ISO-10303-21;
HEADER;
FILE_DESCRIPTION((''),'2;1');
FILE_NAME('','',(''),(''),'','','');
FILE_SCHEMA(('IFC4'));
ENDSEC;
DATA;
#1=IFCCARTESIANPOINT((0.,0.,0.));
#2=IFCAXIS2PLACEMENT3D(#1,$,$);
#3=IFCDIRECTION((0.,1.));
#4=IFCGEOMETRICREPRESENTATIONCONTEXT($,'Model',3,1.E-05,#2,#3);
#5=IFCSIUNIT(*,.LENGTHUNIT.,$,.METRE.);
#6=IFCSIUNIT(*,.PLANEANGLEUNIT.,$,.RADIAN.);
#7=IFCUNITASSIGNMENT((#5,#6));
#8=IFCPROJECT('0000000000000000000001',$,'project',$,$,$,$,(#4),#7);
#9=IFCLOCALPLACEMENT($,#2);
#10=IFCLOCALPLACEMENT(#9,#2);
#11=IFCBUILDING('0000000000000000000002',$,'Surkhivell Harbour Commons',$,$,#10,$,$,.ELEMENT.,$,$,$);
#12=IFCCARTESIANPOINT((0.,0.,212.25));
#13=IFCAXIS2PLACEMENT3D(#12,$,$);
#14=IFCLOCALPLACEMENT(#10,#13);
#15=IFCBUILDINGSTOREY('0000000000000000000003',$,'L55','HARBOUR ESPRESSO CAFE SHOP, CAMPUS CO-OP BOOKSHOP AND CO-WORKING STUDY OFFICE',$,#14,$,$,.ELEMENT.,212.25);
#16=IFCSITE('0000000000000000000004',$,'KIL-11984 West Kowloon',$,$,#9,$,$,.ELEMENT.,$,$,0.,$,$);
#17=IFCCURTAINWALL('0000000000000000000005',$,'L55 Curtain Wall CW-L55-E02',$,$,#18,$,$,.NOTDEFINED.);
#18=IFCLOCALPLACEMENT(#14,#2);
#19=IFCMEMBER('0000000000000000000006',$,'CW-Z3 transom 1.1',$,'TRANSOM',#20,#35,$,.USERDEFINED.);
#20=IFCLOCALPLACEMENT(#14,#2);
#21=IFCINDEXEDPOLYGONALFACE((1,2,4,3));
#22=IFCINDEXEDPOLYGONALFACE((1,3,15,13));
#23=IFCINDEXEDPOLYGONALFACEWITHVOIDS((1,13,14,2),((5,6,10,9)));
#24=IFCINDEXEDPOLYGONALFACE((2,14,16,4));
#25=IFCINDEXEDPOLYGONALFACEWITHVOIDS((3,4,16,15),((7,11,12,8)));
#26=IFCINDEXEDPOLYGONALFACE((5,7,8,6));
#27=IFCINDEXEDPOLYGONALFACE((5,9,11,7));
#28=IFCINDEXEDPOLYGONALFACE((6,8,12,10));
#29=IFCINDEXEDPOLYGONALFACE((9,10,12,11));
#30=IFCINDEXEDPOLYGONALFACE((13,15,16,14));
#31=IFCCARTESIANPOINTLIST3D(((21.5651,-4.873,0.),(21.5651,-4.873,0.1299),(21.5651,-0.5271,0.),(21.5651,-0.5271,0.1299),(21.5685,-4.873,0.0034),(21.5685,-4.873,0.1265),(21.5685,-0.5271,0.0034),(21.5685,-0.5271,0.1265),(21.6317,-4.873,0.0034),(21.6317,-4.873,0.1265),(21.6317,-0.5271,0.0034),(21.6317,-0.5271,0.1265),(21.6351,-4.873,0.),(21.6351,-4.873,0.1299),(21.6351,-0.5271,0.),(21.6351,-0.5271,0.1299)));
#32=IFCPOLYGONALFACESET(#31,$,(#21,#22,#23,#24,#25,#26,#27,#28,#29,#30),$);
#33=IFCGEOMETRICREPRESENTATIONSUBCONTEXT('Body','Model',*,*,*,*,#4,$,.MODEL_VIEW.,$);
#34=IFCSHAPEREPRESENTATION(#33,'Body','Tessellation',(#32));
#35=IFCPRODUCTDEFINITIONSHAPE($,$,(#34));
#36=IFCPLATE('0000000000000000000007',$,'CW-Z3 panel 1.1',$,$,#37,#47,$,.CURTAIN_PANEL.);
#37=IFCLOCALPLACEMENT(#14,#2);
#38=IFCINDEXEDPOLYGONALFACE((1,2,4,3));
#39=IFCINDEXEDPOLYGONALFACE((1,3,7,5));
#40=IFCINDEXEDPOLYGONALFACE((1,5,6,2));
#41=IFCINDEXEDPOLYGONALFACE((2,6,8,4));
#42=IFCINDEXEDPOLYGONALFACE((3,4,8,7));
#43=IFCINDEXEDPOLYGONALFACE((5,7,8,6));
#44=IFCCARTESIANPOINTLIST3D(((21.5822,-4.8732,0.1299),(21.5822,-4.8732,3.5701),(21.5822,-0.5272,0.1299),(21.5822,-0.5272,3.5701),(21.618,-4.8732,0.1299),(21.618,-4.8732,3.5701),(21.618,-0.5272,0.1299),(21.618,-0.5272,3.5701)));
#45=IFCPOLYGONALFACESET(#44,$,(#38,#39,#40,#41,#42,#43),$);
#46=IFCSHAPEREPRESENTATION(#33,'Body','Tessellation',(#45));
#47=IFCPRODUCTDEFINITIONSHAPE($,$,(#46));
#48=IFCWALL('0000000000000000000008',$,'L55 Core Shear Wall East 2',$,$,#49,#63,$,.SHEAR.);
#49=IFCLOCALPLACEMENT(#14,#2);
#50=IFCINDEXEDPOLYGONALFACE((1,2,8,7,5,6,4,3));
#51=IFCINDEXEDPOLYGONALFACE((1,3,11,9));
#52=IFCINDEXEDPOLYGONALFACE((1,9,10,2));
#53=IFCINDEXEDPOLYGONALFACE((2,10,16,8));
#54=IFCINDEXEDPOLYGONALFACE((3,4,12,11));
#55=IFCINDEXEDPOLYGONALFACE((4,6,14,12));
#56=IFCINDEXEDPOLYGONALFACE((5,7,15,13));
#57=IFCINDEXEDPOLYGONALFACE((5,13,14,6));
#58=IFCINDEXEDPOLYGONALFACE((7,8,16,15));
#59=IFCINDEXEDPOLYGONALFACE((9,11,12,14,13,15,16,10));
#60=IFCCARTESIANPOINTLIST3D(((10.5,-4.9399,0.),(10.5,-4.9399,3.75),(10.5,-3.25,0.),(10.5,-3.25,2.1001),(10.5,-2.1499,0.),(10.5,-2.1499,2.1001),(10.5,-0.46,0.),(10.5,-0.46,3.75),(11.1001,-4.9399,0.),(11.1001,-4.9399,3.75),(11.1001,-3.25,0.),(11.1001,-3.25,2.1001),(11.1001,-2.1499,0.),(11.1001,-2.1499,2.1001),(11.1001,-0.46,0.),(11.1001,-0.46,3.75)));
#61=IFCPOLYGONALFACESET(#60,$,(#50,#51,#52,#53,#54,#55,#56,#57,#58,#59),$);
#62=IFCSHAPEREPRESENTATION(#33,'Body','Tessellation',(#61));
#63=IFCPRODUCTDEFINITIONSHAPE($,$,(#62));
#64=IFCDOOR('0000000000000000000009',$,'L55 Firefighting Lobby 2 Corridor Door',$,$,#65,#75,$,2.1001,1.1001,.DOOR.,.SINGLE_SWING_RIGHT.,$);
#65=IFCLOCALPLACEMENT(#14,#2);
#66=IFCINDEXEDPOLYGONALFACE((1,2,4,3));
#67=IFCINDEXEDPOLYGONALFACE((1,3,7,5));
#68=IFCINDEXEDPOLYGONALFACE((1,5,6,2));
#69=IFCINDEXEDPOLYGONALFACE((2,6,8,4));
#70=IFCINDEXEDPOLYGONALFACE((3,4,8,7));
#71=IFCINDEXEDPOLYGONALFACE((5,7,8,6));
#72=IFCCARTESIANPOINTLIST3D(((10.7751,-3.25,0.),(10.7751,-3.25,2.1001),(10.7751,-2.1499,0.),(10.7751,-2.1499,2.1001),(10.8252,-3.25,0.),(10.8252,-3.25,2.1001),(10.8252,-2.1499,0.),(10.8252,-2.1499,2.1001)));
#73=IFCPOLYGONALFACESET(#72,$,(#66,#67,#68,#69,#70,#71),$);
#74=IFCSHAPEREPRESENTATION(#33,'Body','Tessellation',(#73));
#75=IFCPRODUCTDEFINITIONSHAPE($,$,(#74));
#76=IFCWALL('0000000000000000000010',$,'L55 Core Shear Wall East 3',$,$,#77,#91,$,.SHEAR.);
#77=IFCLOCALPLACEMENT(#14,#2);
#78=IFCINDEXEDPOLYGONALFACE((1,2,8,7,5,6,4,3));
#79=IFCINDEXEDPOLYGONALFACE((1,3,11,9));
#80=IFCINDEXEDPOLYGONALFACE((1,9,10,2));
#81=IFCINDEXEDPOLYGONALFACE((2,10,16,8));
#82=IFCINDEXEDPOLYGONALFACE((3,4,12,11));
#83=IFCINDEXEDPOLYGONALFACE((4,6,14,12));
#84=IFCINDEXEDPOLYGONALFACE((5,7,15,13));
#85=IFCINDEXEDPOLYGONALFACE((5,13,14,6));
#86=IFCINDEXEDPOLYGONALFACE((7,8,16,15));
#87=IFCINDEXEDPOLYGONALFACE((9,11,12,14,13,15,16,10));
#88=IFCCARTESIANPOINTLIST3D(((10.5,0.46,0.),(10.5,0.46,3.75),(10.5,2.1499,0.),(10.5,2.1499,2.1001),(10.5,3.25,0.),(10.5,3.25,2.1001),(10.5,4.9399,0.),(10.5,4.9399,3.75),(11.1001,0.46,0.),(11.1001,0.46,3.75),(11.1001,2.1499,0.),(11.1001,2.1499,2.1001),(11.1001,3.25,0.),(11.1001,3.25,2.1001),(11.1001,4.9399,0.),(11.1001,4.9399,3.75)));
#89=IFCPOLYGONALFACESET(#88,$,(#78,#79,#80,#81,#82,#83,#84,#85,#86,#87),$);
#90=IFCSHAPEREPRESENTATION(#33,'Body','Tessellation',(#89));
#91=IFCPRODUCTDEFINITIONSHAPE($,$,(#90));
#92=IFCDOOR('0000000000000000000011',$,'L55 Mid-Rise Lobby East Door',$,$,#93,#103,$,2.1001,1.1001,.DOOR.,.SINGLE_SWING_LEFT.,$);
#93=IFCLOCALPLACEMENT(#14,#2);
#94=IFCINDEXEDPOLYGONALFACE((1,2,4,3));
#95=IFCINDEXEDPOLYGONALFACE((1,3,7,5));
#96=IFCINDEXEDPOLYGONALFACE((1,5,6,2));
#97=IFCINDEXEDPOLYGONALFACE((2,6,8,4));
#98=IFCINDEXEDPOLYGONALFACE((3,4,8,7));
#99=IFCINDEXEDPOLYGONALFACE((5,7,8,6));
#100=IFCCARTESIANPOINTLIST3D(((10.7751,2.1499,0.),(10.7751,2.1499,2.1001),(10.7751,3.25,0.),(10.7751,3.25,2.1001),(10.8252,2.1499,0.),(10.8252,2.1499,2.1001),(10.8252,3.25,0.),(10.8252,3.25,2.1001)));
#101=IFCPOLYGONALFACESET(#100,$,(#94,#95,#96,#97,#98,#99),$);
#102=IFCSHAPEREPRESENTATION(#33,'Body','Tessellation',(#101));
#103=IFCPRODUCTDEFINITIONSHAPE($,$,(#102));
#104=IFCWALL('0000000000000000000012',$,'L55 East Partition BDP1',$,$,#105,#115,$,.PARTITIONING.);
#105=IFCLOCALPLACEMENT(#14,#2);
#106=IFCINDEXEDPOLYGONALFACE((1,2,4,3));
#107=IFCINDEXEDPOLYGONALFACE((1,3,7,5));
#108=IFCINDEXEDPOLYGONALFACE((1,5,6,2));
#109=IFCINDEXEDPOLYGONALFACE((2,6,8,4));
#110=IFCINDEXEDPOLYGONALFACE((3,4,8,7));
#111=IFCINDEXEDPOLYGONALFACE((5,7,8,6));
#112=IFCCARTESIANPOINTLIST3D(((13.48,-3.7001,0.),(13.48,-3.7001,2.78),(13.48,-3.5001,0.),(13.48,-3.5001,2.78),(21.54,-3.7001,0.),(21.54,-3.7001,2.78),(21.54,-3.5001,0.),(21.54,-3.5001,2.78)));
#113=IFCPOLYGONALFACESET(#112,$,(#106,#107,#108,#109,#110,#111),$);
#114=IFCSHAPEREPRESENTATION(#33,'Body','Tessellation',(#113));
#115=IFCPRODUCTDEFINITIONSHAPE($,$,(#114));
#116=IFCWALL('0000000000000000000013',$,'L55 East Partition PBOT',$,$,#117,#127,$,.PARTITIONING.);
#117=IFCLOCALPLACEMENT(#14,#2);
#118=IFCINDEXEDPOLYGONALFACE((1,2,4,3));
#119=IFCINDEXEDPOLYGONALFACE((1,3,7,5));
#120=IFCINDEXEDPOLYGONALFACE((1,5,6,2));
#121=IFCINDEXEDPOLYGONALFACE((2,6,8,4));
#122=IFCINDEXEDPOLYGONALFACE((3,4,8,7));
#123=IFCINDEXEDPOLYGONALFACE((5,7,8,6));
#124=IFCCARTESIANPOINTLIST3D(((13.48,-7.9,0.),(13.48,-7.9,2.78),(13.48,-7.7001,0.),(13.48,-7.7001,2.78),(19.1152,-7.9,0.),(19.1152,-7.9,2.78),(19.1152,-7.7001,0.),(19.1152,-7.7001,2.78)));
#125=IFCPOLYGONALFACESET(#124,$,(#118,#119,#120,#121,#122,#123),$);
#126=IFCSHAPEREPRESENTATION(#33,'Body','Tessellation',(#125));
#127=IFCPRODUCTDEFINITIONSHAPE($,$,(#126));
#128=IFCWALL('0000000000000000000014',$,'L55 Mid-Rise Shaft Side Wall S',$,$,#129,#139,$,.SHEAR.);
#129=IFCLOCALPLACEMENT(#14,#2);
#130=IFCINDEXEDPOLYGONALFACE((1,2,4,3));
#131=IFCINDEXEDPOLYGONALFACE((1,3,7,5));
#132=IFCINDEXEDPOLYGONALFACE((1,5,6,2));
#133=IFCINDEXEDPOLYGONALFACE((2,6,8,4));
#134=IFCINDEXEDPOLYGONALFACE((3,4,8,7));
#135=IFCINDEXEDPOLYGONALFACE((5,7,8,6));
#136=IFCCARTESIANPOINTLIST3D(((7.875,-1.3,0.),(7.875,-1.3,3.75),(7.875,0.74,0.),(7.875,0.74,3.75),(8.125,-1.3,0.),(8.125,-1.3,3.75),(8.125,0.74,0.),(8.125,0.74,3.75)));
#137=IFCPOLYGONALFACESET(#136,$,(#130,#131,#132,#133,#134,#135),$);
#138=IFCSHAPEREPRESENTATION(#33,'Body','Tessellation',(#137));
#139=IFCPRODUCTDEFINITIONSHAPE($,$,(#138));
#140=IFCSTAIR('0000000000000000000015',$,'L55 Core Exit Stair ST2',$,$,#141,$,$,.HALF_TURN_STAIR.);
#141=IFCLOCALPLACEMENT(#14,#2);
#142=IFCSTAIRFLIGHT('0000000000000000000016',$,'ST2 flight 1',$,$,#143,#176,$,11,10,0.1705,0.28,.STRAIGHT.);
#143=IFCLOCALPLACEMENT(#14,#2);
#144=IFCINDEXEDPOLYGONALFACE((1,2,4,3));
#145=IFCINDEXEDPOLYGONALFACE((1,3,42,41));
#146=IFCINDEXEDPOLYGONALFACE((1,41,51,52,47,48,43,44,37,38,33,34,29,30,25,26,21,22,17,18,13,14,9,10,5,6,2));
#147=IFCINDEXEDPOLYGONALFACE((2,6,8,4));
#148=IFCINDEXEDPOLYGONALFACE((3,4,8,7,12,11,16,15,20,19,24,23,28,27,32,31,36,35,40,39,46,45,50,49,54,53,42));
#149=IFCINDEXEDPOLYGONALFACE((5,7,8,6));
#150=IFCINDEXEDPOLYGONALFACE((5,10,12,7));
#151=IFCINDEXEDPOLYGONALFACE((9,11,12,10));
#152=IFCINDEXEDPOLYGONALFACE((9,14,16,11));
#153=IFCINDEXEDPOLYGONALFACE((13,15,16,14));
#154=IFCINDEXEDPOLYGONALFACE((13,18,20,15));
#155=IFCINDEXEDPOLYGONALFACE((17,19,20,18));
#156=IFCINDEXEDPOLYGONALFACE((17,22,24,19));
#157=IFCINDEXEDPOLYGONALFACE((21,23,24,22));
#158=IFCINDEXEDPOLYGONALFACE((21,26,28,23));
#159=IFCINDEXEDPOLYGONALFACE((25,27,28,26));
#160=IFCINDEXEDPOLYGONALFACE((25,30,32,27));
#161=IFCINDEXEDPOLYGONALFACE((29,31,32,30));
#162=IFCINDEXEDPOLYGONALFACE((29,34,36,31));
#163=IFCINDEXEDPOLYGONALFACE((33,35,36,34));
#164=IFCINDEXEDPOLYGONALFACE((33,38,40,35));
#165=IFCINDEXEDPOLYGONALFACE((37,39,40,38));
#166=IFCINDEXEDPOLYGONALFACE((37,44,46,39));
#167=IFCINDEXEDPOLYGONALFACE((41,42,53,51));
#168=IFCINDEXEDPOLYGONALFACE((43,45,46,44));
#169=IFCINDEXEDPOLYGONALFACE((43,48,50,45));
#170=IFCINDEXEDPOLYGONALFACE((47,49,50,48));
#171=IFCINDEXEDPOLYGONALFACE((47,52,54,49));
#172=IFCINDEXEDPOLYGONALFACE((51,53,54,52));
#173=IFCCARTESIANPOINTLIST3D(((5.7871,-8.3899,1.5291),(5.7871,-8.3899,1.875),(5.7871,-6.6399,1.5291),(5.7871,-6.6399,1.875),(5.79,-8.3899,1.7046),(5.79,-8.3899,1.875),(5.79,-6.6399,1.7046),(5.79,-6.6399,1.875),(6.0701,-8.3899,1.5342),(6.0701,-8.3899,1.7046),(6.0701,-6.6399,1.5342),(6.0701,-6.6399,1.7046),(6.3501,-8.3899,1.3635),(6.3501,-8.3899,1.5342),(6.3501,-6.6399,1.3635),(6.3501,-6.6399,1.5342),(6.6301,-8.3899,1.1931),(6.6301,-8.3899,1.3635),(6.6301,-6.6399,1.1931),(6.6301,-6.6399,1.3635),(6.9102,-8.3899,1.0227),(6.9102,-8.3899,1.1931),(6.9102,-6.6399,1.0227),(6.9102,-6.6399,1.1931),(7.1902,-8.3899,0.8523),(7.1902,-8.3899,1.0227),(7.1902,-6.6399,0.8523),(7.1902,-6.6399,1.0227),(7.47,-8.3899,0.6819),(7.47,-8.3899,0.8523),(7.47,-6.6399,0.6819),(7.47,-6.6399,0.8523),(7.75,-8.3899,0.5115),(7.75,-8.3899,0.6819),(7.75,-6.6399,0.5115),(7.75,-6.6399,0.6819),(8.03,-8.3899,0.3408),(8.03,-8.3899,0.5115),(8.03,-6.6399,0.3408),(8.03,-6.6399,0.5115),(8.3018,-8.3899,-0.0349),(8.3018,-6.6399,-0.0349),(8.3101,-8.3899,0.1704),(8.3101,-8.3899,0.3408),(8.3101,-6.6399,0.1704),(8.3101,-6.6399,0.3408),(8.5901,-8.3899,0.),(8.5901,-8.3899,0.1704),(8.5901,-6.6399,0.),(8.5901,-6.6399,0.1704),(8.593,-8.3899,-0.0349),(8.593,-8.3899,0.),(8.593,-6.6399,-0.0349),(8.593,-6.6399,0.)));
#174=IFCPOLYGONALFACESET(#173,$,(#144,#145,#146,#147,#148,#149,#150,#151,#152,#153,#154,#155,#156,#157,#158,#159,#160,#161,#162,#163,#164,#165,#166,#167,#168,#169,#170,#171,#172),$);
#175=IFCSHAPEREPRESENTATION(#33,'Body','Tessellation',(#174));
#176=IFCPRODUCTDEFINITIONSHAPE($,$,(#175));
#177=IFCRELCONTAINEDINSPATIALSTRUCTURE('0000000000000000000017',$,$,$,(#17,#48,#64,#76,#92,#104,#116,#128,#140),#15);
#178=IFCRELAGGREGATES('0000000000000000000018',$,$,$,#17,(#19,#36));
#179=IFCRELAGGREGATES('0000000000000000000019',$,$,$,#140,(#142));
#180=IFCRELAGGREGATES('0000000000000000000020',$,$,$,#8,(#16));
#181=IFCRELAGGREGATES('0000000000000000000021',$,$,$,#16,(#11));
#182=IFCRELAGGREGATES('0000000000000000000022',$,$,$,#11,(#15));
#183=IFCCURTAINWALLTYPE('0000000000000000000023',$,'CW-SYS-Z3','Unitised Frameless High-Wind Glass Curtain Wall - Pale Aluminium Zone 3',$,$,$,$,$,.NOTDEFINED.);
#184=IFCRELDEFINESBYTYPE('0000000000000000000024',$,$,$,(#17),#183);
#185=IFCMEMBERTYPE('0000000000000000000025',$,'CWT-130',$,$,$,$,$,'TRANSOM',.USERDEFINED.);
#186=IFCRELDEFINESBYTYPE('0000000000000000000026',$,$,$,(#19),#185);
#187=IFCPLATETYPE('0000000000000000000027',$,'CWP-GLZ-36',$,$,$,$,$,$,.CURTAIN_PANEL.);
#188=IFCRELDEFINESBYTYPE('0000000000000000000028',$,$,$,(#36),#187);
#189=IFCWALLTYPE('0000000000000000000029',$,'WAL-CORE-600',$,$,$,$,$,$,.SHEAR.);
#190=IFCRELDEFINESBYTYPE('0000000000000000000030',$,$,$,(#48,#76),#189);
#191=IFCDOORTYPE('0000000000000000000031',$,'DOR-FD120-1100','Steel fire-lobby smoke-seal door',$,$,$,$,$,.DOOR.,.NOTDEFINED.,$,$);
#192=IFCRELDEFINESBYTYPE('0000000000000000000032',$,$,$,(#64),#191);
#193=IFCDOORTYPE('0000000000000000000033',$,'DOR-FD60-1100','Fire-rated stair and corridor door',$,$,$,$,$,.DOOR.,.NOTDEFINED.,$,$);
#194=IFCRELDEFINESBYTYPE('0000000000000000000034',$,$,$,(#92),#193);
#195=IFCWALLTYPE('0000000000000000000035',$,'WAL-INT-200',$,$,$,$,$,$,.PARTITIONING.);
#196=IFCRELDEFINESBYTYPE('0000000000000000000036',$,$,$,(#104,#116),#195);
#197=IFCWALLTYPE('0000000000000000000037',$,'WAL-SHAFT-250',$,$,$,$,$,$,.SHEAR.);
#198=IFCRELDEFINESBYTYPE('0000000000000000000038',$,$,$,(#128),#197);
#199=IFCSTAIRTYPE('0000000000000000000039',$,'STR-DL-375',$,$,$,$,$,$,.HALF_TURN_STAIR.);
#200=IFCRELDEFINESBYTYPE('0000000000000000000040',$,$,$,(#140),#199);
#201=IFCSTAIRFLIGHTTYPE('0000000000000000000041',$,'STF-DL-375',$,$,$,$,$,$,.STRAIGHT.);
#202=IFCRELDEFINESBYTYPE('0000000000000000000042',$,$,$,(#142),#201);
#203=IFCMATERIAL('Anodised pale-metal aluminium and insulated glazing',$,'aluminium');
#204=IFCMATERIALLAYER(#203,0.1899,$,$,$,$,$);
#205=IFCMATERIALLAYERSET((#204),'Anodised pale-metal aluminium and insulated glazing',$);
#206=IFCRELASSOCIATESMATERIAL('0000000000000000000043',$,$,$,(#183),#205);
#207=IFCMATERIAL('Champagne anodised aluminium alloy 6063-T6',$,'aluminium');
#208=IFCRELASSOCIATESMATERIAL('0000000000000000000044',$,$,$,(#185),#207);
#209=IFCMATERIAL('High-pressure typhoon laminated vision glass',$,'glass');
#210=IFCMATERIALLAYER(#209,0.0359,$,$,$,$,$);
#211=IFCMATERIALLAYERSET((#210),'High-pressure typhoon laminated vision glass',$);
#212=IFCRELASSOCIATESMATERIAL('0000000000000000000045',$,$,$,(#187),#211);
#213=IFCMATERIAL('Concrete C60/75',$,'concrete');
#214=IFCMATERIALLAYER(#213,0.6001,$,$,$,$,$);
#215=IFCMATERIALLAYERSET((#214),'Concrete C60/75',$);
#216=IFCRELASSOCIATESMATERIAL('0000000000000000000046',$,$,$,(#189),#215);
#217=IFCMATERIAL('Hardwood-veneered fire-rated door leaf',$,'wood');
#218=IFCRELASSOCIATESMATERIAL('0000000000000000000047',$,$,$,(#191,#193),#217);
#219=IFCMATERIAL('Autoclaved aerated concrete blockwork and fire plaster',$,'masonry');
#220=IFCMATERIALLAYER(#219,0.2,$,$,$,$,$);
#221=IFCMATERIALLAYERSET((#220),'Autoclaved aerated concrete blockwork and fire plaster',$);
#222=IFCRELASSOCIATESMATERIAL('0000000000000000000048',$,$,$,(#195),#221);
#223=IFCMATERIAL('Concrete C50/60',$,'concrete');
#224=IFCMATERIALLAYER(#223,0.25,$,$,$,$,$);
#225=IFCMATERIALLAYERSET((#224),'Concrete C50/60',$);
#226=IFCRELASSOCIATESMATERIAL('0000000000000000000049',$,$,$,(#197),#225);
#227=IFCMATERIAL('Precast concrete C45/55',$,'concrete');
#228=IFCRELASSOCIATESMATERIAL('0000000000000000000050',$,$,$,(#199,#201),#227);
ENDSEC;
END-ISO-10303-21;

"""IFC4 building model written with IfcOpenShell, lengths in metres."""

from ifc_helpers import new_model, si_unit, direction, frame, frame_2d, origin, origin_2d, place, context, subcontext, project, spatial, polyline, rectangle, hollow_rectangle, outline, extrude, material, layer, layer_set, material_profile, profile_set, type_object, element, fill, aggregate, save


model = new_model("IFC4")

# Units and contexts
model_context = context("Model", 3, precision=1e-05, world=origin(), true_north=direction((0.0, 1.0)))
body_context = subcontext(model_context, "Body", "Model", "MODEL_VIEW")
ifc_project = project(units=[si_unit("LENGTHUNIT", "METRE"), si_unit("PLANEANGLEUNIT", "RADIAN")], contexts=[model_context])

# Site, building, storey
site_placement = place(None, origin())
site = spatial("IfcSite", under=ifc_project, at=site_placement, Name="KIL-11984 West Kowloon", CompositionType="ELEMENT", RefElevation=0.0)
building_placement = place(site_placement, origin())
building = spatial("IfcBuilding", under=site, at=building_placement, Name="Surkhivell Harbour Commons", CompositionType="ELEMENT")
storey_placement = place(building_placement, frame((0.0, 0.0, 212.25)))
storey = spatial("IfcBuildingStorey", under=building, at=storey_placement, Name="L55", Description="HARBOUR ESPRESSO CAFE SHOP, CAMPUS CO-OP BOOKSHOP AND CO-WORKING STUDY OFFICE", CompositionType="ELEMENT", Elevation=212.25)

# Shared definitions
ifc_material_1 = material(Name="Concrete C60/75", Category="concrete")

# Shared definitions
ifc_material_2 = material(Name="Anodised pale-metal aluminium and insulated glazing", Category="aluminium")
ifc_layer_1 = layer(ifc_material_2, 0.1899)
ifc_layer_set_1 = layer_set([ifc_layer_1], Name="Anodised pale-metal aluminium and insulated glazing")
curtain_wall_type = type_object("IfcCurtainWallType", Name="CW-SYS-Z3", Description="Unitised Frameless High-Wind Glass Curtain Wall - Pale Aluminium Zone 3", PredefinedType="NOTDEFINED", material=ifc_layer_set_1)

# Curtain wall, member, plate
curtain_wall_1_placement = place(storey_placement, origin())
curtain_wall_1 = element("IfcCurtainWall", 1, at=curtain_wall_1_placement, inside=storey, type_object=curtain_wall_type, Name="L55 Curtain Wall CW-L55-E02", PredefinedType="NOTDEFINED")
ifc_material_3 = material(Name="Champagne anodised aluminium alloy 6063-T6", Category="aluminium")
ifc_material_profile_1 = material_profile(ifc_material_3, hollow_rectangle(XDim=0.0701, YDim=0.1299, WallThickness=0.0034, at=origin_2d()), Name="ALU-TRAN-70x130")
ifc_profile_set_1 = profile_set([ifc_material_profile_1], Name="Champagne anodised aluminium alloy 6063-T6")
member_type_1 = type_object("IfcMemberType", Name="CWT-130", ElementType="TRANSOM", PredefinedType="USERDEFINED", material=ifc_profile_set_1)
member_1_placement = place(storey_placement, frame((21.6001, -4.873, 0.0649), z_axis=(0.0, 1.0, 0.0), x_axis=(-1.0, 0.0, 0.0)))
member_1 = element("IfcMember", 2, at=member_1_placement, type_object=member_type_1, Name="CW-Z3 transom 1.1", ObjectType="TRANSOM", PredefinedType="USERDEFINED", context=body_context, shape_type="SweptSolid", body=[
    extrude(hollow_rectangle(XDim=0.0701, YDim=0.1299, WallThickness=0.0034, at=origin_2d()), origin(), (0.0, 0.0, 1.0), 4.3459),
])
ifc_material_4 = material(Name="High-pressure typhoon laminated vision glass", Category="glass")
ifc_layer_2 = layer(ifc_material_4, 0.0359)
ifc_layer_set_2 = layer_set([ifc_layer_2], Name="High-pressure typhoon laminated vision glass")
plate_type = type_object("IfcPlateType", Name="CWP-GLZ-36", PredefinedType="CURTAIN_PANEL", material=ifc_layer_set_2)
plate_placement = place(storey_placement, frame((21.6001, -4.873, 0.1299), z_axis=(0.0, 0.0, 1.0), x_axis=(0.0, 1.0, 0.0)))
plate = element("IfcPlate", 3, at=plate_placement, type_object=plate_type, Name="CW-Z3 panel 1.1", PredefinedType="CURTAIN_PANEL", context=body_context, shape_type="SweptSolid", body=[
    extrude(rectangle(XDim=4.3459, YDim=0.0359, at=frame_2d((2.1729, 0.0))), origin(), (0.0, 0.0, 1.0), 3.4402),
])
aggregate(curtain_wall_1, [member_1, plate])

# Walls, openings, doors
ifc_layer_3 = layer(ifc_material_1, 0.6001)
ifc_layer_set_3 = layer_set([ifc_layer_3], Name="Concrete C60/75")
wall_type_1 = type_object("IfcWallType", Name="WAL-CORE-600", PredefinedType="SHEAR", material=ifc_layer_set_3)
wall_1_placement = place(storey_placement, frame((10.8, -4.9399, 0.0), z_axis=(0.0, 0.0, 1.0), x_axis=(0.0, 1.0, 0.0)))
wall_1 = element("IfcWall", 4, at=wall_1_placement, inside=storey, type_object=wall_type_1, Name="L55 Core Shear Wall East 2", PredefinedType="SHEAR", context=body_context, shape_type="SweptSolid", body=[
    extrude(rectangle(XDim=4.48, YDim=0.6001, at=frame_2d((2.24, 0.0))), origin(), (0.0, 0.0, 1.0), 3.75),
])
opening_1_placement = place(wall_1_placement, frame((1.6899, 0.0, 0.0)))
opening_1 = element("IfcOpeningElement", 5, at=opening_1_placement, cuts=wall_1, PredefinedType="OPENING", context=body_context, shape_type="SweptSolid", body=[
    extrude(rectangle(XDim=1.1001, YDim=2.1001, at=frame_2d((0.55, 1.05))), frame((0.0, 0.3101, 0.0), z_axis=(0.0, -1.0, 0.0), x_axis=(1.0, 0.0, 0.0)), (0.0, 0.0, 1.0), 0.6201),
])
ifc_material_5 = material(Name="Hardwood-veneered fire-rated door leaf", Category="wood")
door_type_1 = type_object("IfcDoorType", Name="DOR-FD120-1100", Description="Steel fire-lobby smoke-seal door", OperationType="NOTDEFINED", PredefinedType="DOOR", material=ifc_material_5)
door_1_placement = place(opening_1_placement, origin())
door_1 = element("IfcDoor", 6, at=door_1_placement, inside=storey, type_object=door_type_1, Name="L55 Firefighting Lobby 2 Corridor Door", OperationType="SINGLE_SWING_RIGHT", OverallHeight=2.1001, OverallWidth=1.1001, PredefinedType="DOOR", context=body_context, shape_type="SweptSolid", body=[
    extrude(rectangle(XDim=1.1001, YDim=2.1001, at=frame_2d((0.55, 1.05))), frame((0.0, 0.0249, 0.0), z_axis=(0.0, -1.0, 0.0), x_axis=(1.0, 0.0, 0.0)), (0.0, 0.0, 1.0), 0.05),
])
fill(opening_1, door_1)
wall_2_placement = place(storey_placement, frame((10.8, 0.46, 0.0), z_axis=(0.0, 0.0, 1.0), x_axis=(0.0, 1.0, 0.0)))
wall_2 = element("IfcWall", 7, at=wall_2_placement, inside=storey, type_object=wall_type_1, Name="L55 Core Shear Wall East 3", PredefinedType="SHEAR", context=body_context, shape_type="SweptSolid", body=[
    extrude(rectangle(XDim=4.48, YDim=0.6001, at=frame_2d((2.24, 0.0))), origin(), (0.0, 0.0, 1.0), 3.75),
])
opening_2_placement = place(wall_2_placement, frame((1.6899, 0.0, 0.0)))
opening_2 = element("IfcOpeningElement", 8, at=opening_2_placement, cuts=wall_2, PredefinedType="OPENING", context=body_context, shape_type="SweptSolid", body=[
    extrude(rectangle(XDim=1.1001, YDim=2.1001, at=frame_2d((0.55, 1.05))), frame((0.0, 0.3101, 0.0), z_axis=(0.0, -1.0, 0.0), x_axis=(1.0, 0.0, 0.0)), (0.0, 0.0, 1.0), 0.6201),
])
door_type_2 = type_object("IfcDoorType", Name="DOR-FD60-1100", Description="Fire-rated stair and corridor door", OperationType="NOTDEFINED", PredefinedType="DOOR", material=ifc_material_5)
door_2_placement = place(opening_2_placement, origin())
door_2 = element("IfcDoor", 9, at=door_2_placement, inside=storey, type_object=door_type_2, Name="L55 Mid-Rise Lobby East Door", OperationType="SINGLE_SWING_LEFT", OverallHeight=2.1001, OverallWidth=1.1001, PredefinedType="DOOR", context=body_context, shape_type="SweptSolid", body=[
    extrude(rectangle(XDim=1.1001, YDim=2.1001, at=frame_2d((0.55, 1.05))), frame((0.0, 0.0249, 0.0), z_axis=(0.0, -1.0, 0.0), x_axis=(1.0, 0.0, 0.0)), (0.0, 0.0, 1.0), 0.05),
])
fill(opening_2, door_2)

# Walls
ifc_material_6 = material(Name="Autoclaved aerated concrete blockwork and fire plaster", Category="masonry")
ifc_layer_4 = layer(ifc_material_6, 0.2)
ifc_layer_set_4 = layer_set([ifc_layer_4], Name="Autoclaved aerated concrete blockwork and fire plaster")
wall_type_2 = type_object("IfcWallType", Name="WAL-INT-200", PredefinedType="PARTITIONING", material=ifc_layer_set_4)
wall_3_placement = place(storey_placement, frame((13.48, -3.6001, 0.0), z_axis=(0.0, 0.0, 1.0), x_axis=(1.0, 0.0, 0.0)))
element("IfcWall", 10, at=wall_3_placement, inside=storey, type_object=wall_type_2, Name="L55 East Partition BDP1", PredefinedType="PARTITIONING", context=body_context, shape_type="SweptSolid", body=[
    extrude(rectangle(XDim=8.0601, YDim=0.2, at=frame_2d((4.03, 0.0))), origin(), (0.0, 0.0, 1.0), 2.78),
])
wall_4_placement = place(storey_placement, frame((13.48, -7.8, 0.0), z_axis=(0.0, 0.0, 1.0), x_axis=(1.0, 0.0, 0.0)))
element("IfcWall", 11, at=wall_4_placement, inside=storey, type_object=wall_type_2, Name="L55 East Partition PBOT", PredefinedType="PARTITIONING", context=body_context, shape_type="SweptSolid", body=[
    extrude(rectangle(XDim=5.6353, YDim=0.2, at=frame_2d((2.8176, 0.0))), origin(), (0.0, 0.0, 1.0), 2.78),
])
ifc_material_7 = material(Name="Concrete C50/60", Category="concrete")
ifc_layer_5 = layer(ifc_material_7, 0.25)
ifc_layer_set_5 = layer_set([ifc_layer_5], Name="Concrete C50/60")
wall_type_3 = type_object("IfcWallType", Name="WAL-SHAFT-250", PredefinedType="SHEAR", material=ifc_layer_set_5)
wall_5_placement = place(storey_placement, frame((8.0, -1.3, 0.0), z_axis=(0.0, 0.0, 1.0), x_axis=(0.0, 1.0, 0.0)))
element("IfcWall", 12, at=wall_5_placement, inside=storey, type_object=wall_type_3, Name="L55 Mid-Rise Shaft Side Wall S", PredefinedType="SHEAR", context=body_context, shape_type="SweptSolid", body=[
    extrude(rectangle(XDim=2.04, YDim=0.25, at=frame_2d((1.02, 0.0))), origin(), (0.0, 0.0, 1.0), 3.75),
])

# Stair, stair flight
ifc_material_8 = material(Name="Precast concrete C45/55", Category="concrete")
stair_type = type_object("IfcStairType", Name="STR-DL-375", PredefinedType="HALF_TURN_STAIR", material=ifc_material_8)
stair_placement = place(storey_placement, origin())
stair = element("IfcStair", 13, at=stair_placement, inside=storey, type_object=stair_type, Name="L55 Core Exit Stair ST2", PredefinedType="HALF_TURN_STAIR")
stair_flight_type = type_object("IfcStairFlightType", Name="STF-DL-375", PredefinedType="STRAIGHT", material=ifc_material_8)
stair_flight_placement = place(storey_placement, frame((8.5901, -7.5149, 0.0), z_axis=(0.0, 0.0, 1.0), x_axis=(-1.0, 0.0, 0.0)))
stair_flight = element("IfcStairFlight", 14, at=stair_flight_placement, type_object=stair_flight_type, Name="ST2 flight 1", NumberOfRisers=11, NumberOfTreads=10, PredefinedType="STRAIGHT", RiserHeight=0.1705, TreadLength=0.28, context=body_context, shape_type="SweptSolid", body=[
    extrude(outline(polyline([(-0.0029, -0.0349), (-0.0029, 0.0), (0.0, 0.0), (0.0, 0.1704), (0.28, 0.1704), (0.28, 0.3408), (0.5601, 0.3408), (0.5601, 0.5115), (0.8401, 0.5115), (0.8401, 0.6819), (1.1201, 0.6819), (1.1201, 0.8523), (1.3999, 0.8523), (1.3999, 1.0227), (1.6799, 1.0227), (1.6799, 1.1931), (1.96, 1.1931), (1.96, 1.3635), (2.24, 1.3635), (2.24, 1.5342), (2.52, 1.5342), (2.52, 1.7046), (2.8, 1.7046), (2.8, 1.875), (2.803, 1.875), (2.803, 1.5291), (0.2883, -0.0349), (-0.0029, -0.0349)])), frame((0.0, 0.875, 0.0), z_axis=(0.0, -1.0, 0.0), x_axis=(1.0, 0.0, 0.0)), (0.0, 0.0, 1.0), 1.75),
])
aggregate(stair, [stair_flight])

save(model, "model.ifc")
